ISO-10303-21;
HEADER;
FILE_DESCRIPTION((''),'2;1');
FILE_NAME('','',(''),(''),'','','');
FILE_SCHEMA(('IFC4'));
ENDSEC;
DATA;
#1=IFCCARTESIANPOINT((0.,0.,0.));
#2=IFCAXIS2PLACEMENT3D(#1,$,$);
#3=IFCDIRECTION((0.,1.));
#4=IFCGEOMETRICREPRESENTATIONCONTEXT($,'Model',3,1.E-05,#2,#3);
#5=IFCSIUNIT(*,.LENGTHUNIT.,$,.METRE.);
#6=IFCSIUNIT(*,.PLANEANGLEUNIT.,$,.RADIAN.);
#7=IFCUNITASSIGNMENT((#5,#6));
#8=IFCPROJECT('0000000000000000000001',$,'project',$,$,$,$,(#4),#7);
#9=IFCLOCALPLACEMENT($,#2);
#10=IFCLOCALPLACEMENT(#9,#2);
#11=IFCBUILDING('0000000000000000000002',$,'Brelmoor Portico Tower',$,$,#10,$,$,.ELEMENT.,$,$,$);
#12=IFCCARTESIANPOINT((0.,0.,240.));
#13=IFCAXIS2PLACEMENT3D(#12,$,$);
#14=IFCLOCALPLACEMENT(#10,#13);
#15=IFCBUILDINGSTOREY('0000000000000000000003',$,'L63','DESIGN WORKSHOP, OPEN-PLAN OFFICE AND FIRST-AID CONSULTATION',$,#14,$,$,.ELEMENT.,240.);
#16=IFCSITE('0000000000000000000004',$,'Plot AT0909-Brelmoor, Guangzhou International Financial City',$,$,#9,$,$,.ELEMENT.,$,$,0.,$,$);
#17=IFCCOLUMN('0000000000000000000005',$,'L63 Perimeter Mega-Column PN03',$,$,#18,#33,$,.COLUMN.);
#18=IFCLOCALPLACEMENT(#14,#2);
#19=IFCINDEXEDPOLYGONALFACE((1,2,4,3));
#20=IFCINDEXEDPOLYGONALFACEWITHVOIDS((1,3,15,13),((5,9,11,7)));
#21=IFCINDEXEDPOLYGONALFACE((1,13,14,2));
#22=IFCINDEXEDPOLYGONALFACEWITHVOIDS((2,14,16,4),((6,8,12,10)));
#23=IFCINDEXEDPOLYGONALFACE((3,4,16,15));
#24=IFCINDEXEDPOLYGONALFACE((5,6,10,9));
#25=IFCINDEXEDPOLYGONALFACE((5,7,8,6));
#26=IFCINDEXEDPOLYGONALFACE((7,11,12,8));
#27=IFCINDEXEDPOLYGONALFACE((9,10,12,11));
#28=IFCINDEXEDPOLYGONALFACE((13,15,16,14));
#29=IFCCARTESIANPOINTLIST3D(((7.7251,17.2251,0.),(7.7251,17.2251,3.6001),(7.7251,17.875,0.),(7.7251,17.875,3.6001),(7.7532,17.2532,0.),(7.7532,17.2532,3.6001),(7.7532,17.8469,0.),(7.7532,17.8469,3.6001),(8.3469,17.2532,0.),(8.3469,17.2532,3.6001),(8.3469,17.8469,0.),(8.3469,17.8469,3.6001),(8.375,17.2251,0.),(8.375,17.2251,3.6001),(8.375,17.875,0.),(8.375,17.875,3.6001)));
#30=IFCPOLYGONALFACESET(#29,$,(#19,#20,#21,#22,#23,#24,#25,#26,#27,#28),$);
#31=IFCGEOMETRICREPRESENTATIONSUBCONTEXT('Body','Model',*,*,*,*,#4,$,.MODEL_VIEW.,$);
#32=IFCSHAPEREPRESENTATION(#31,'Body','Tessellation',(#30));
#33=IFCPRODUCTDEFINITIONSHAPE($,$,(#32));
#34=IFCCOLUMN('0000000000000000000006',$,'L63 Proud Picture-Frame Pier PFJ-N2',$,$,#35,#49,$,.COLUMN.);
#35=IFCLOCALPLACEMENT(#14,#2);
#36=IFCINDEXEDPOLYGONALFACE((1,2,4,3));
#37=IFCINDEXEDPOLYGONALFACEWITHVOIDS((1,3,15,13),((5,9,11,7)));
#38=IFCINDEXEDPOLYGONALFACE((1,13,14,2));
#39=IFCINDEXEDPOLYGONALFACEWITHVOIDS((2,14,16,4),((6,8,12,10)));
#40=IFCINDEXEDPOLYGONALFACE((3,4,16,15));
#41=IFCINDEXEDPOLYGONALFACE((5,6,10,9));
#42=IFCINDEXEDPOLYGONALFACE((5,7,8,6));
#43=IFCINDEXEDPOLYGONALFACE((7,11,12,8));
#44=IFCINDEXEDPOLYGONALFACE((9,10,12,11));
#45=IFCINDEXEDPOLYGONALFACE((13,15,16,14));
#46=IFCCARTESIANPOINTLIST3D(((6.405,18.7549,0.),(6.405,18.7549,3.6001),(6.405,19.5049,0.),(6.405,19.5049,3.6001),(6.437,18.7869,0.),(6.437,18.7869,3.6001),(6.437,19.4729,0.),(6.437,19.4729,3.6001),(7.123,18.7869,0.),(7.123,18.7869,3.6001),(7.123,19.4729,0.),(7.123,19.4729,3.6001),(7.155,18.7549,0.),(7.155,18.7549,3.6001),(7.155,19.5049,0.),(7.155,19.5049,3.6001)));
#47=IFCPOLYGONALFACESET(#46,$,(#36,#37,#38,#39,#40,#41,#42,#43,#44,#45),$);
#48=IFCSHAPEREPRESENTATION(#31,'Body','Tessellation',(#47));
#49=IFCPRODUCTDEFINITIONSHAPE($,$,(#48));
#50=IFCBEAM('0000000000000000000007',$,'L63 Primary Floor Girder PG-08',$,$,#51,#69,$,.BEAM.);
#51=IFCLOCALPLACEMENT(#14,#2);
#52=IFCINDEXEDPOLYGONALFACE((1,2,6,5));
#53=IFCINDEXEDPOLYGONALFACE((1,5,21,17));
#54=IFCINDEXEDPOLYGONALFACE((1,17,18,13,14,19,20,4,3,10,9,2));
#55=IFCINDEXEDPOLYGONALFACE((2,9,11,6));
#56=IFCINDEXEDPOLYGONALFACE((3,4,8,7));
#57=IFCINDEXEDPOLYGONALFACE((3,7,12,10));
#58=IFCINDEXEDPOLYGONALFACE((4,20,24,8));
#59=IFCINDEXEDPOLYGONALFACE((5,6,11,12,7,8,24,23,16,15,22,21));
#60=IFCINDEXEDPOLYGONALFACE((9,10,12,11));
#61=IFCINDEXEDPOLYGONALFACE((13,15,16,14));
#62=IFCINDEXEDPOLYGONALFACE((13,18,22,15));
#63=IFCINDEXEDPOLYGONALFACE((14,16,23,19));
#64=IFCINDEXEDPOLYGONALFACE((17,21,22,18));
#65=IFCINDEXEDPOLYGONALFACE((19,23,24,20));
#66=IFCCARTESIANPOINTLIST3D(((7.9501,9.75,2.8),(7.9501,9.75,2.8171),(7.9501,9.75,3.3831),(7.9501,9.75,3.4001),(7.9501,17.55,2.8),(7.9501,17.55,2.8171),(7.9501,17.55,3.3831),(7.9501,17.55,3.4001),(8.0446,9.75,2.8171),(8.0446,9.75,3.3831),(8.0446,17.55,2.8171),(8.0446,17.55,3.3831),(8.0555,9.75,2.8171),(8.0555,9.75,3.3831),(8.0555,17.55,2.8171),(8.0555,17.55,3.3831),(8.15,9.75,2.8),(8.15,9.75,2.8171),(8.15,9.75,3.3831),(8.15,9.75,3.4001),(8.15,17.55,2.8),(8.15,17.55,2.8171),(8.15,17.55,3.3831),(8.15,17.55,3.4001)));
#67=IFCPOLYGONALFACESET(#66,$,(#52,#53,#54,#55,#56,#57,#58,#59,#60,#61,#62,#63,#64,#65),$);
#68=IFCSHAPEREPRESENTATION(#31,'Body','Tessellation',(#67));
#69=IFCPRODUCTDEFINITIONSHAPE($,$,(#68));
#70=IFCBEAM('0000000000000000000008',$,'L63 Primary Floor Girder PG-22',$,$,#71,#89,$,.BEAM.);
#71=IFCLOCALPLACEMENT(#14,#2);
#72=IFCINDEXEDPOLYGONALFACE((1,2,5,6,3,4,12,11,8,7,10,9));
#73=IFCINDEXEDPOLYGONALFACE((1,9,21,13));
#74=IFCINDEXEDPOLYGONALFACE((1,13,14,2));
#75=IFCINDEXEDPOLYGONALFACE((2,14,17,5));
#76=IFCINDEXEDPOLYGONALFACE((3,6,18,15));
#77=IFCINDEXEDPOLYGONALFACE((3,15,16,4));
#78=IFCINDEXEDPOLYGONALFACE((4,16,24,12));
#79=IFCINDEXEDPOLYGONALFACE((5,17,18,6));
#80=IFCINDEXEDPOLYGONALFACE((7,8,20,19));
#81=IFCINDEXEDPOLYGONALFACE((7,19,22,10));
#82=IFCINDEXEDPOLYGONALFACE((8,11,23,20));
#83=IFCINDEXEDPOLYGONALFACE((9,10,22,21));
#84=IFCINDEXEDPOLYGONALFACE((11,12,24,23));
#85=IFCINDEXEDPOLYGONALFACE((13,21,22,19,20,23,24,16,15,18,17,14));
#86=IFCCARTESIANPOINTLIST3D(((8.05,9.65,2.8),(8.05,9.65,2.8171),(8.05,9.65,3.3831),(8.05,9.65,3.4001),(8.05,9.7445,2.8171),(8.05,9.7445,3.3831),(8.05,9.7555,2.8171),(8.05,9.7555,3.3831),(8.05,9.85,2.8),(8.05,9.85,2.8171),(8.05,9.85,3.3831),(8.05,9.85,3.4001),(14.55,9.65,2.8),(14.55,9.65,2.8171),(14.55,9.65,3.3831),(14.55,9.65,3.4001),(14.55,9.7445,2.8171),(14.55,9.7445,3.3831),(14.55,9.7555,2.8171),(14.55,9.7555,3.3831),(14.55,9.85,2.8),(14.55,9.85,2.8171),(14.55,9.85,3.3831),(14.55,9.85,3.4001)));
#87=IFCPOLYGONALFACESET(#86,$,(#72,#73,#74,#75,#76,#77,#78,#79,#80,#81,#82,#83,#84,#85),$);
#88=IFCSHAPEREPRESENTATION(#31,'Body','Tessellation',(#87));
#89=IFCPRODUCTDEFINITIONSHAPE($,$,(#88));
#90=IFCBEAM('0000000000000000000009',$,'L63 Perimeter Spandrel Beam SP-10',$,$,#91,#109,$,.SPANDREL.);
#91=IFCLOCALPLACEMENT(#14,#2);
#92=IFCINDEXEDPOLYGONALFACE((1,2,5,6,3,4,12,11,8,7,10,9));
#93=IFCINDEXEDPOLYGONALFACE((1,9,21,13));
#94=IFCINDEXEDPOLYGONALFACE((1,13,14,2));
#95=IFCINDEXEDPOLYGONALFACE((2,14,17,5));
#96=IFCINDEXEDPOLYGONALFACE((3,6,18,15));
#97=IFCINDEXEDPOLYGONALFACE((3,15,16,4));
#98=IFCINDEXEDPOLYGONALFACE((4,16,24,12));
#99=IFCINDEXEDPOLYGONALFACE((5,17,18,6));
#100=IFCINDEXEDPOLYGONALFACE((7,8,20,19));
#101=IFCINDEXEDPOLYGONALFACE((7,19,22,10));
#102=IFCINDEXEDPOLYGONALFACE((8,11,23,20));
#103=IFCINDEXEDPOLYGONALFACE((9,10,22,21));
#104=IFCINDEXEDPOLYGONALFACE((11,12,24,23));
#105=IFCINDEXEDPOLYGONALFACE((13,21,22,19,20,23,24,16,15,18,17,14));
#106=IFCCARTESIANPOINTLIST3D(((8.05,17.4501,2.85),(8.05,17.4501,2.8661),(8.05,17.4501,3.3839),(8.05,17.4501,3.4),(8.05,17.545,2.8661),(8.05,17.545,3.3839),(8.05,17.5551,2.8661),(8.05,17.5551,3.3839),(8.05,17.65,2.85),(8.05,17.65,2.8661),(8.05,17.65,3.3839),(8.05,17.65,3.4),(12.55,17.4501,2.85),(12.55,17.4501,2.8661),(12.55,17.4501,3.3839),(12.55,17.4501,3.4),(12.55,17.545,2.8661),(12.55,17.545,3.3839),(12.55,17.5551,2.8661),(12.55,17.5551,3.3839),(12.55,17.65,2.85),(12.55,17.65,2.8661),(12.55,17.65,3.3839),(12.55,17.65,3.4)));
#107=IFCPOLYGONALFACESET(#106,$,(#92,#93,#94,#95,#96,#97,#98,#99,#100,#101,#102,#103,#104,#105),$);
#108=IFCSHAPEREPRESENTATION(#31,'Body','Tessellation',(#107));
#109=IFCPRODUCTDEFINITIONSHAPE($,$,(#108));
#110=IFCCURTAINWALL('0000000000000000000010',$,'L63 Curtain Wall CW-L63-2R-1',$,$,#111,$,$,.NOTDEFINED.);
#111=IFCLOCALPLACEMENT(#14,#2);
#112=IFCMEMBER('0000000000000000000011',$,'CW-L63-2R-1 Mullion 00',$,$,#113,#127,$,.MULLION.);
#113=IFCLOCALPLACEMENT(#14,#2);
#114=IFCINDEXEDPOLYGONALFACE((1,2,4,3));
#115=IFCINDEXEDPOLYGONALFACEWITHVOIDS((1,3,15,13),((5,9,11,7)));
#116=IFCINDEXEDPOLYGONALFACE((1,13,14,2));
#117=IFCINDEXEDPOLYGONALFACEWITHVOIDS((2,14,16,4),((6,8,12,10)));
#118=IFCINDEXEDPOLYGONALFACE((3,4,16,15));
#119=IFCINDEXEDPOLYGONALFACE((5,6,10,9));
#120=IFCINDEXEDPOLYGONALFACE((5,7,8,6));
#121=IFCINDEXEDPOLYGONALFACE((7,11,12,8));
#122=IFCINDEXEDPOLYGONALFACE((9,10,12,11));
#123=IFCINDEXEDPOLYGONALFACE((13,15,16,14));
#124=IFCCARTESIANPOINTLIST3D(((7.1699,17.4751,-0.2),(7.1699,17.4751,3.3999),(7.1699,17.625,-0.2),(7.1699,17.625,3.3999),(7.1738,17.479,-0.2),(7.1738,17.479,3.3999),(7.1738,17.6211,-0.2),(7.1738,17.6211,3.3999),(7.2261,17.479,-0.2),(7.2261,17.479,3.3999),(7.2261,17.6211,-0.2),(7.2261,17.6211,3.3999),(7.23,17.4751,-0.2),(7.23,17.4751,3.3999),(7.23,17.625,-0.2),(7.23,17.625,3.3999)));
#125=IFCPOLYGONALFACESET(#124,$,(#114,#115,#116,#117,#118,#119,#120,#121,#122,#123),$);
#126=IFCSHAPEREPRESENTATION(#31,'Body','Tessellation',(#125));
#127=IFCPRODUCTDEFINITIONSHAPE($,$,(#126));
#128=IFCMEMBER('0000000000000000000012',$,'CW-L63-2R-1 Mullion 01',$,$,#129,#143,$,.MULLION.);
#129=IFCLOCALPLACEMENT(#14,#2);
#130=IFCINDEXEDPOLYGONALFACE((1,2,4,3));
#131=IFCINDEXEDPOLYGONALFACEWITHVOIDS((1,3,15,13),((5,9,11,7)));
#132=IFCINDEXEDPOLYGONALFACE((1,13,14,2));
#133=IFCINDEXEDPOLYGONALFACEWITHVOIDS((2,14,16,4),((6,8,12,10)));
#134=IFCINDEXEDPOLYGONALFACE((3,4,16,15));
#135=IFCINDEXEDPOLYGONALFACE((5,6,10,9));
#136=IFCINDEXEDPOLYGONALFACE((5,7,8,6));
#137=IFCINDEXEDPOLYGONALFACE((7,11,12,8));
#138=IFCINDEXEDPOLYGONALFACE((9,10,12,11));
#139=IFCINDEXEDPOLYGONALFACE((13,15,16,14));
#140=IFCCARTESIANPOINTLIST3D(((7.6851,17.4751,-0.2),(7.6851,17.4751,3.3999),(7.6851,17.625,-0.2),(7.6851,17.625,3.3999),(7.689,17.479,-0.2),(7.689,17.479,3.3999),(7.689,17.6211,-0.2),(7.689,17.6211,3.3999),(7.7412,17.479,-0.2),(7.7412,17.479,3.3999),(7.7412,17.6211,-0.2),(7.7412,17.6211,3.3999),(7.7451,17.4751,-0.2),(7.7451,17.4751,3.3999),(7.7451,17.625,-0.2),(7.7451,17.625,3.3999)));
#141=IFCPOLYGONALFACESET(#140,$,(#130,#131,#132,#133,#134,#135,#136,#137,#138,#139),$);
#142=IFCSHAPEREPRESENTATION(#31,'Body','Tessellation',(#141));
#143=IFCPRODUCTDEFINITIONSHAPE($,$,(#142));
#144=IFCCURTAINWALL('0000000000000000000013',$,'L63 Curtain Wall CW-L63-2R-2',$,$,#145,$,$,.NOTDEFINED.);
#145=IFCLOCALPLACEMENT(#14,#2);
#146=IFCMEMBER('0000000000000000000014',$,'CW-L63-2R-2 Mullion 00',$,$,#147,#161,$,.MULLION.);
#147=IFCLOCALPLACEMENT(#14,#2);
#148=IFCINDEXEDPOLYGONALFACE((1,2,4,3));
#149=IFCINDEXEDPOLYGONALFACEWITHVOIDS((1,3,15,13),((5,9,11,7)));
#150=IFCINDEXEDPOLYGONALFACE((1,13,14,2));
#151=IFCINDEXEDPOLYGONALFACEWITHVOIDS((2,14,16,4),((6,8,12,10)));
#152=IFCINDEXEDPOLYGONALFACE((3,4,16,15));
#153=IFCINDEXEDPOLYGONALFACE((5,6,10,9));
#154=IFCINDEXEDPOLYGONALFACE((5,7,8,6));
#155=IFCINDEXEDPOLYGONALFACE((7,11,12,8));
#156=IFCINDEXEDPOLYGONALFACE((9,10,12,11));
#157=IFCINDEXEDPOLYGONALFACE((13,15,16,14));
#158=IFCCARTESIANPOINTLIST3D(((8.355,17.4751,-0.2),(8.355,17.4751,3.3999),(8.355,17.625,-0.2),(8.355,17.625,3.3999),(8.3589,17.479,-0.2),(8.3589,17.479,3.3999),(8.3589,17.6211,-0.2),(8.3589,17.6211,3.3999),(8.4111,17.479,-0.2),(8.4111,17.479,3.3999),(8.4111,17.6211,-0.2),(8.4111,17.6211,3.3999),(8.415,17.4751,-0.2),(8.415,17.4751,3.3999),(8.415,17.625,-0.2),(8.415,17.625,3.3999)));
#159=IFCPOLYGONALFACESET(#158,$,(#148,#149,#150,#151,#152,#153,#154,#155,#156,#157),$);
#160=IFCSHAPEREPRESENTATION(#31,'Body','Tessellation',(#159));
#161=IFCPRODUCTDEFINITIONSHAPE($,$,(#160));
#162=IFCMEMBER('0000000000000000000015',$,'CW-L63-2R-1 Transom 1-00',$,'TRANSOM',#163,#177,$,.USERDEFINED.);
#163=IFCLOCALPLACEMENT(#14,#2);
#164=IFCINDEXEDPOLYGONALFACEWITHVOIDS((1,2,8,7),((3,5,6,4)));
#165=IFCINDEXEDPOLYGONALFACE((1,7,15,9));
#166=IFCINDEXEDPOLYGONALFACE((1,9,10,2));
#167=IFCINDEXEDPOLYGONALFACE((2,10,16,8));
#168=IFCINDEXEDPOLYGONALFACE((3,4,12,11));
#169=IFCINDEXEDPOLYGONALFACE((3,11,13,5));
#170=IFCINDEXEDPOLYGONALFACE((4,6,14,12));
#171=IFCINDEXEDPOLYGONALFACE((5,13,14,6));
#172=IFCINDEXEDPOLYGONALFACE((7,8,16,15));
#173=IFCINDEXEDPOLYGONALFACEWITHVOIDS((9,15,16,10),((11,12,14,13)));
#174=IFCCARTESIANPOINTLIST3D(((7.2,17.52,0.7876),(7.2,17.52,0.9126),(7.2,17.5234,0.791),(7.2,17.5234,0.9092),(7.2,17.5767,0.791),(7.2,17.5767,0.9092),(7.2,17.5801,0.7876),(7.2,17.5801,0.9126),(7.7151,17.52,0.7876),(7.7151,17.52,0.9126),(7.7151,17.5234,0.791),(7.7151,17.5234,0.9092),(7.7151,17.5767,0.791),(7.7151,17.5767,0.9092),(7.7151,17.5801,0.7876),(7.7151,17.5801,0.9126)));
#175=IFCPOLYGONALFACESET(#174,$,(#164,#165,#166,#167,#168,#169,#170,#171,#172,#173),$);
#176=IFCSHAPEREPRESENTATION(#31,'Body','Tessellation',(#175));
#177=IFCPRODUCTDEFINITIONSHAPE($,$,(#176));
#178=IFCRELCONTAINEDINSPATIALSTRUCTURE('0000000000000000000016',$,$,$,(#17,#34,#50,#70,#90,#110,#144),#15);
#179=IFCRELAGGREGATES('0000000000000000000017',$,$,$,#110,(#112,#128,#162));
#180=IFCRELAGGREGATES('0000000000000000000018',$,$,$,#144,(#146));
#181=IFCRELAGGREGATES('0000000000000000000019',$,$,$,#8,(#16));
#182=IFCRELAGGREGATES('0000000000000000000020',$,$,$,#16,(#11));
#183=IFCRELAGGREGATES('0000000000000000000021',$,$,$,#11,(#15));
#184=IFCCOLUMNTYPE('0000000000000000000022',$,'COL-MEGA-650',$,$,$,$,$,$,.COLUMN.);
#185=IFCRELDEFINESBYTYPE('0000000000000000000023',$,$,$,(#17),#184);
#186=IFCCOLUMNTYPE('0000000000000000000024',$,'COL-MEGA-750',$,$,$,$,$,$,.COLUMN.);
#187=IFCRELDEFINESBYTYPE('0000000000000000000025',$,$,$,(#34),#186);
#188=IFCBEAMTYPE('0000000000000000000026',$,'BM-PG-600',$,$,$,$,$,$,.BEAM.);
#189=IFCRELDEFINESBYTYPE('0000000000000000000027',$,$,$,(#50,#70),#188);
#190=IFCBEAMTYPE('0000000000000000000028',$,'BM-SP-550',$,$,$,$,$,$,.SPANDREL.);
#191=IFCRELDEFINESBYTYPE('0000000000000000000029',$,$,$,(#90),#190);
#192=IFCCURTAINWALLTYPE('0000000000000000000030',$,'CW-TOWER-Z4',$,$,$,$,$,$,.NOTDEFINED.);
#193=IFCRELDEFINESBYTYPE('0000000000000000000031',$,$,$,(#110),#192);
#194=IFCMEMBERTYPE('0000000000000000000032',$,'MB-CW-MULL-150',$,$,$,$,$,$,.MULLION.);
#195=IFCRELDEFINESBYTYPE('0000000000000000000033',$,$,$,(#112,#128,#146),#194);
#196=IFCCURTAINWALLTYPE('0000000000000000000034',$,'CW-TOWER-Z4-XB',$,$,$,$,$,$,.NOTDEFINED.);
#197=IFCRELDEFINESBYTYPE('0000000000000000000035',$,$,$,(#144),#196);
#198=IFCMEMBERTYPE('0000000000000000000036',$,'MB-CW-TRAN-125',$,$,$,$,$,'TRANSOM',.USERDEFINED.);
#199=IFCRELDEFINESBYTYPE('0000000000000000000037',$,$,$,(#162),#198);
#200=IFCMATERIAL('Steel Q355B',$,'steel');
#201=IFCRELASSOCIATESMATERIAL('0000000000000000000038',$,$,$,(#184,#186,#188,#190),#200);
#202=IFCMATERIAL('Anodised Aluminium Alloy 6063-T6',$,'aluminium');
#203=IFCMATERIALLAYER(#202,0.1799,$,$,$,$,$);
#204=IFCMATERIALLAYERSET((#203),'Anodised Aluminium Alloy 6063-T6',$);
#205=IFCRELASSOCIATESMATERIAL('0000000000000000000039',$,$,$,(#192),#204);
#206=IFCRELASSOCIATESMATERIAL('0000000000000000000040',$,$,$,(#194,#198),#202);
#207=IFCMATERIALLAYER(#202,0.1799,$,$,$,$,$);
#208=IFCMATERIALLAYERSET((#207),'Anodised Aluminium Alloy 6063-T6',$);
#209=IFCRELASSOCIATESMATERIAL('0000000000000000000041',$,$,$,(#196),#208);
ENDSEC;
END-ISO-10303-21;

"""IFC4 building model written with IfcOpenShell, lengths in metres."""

from ifc_helpers import new_model, si_unit, direction, frame, origin, origin_2d, place, context, subcontext, project, spatial, hollow_rectangle, i_section, extrude, material, layer, layer_set, material_profile, profile_set, type_object, element, aggregate, save


model = new_model("IFC4")

# Units and contexts
model_context = context("Model", 3, precision=1e-05, world=origin(), true_north=direction((0.0, 1.0)))
body_context = subcontext(model_context, "Body", "Model", "MODEL_VIEW")
ifc_project = project(units=[si_unit("LENGTHUNIT", "METRE"), si_unit("PLANEANGLEUNIT", "RADIAN")], contexts=[model_context])

# Site, building, storey
site_placement = place(None, origin())
site = spatial("IfcSite", under=ifc_project, at=site_placement, Name="Plot AT0909-Brelmoor, Guangzhou International Financial City", CompositionType="ELEMENT", RefElevation=0.0)
building_placement = place(site_placement, origin())
building = spatial("IfcBuilding", under=site, at=building_placement, Name="Brelmoor Portico Tower", CompositionType="ELEMENT")
storey_placement = place(building_placement, frame((0.0, 0.0, 240.0)))
storey = spatial("IfcBuildingStorey", under=building, at=storey_placement, Name="L63", Description="DESIGN WORKSHOP, OPEN-PLAN OFFICE AND FIRST-AID CONSULTATION", CompositionType="ELEMENT", Elevation=240.0)

# Columns
ifc_material_1 = material(Name="Steel Q355B", Category="steel")
ifc_material_profile_1 = material_profile(ifc_material_1, hollow_rectangle(XDim=0.6499, YDim=0.6499, WallThickness=0.0281, at=origin_2d()), Name="BOX 650x650x28")
ifc_profile_set_1 = profile_set([ifc_material_profile_1], Name="Steel Q355B")
column_type_1 = type_object("IfcColumnType", Name="COL-MEGA-650", PredefinedType="COLUMN", material=ifc_profile_set_1)
column_1_placement = place(storey_placement, frame((8.05, 17.55, 0.0), z_axis=(0.0, 0.0, 1.0), x_axis=(1.0, 0.0, 0.0)))
element("IfcColumn", 1, at=column_1_placement, inside=storey, type_object=column_type_1, Name="L63 Perimeter Mega-Column PN03", PredefinedType="COLUMN", context=body_context, shape_type="SweptSolid", body=[
    extrude(hollow_rectangle(XDim=0.6499, YDim=0.6499, WallThickness=0.0281, at=origin_2d()), origin(), (0.0, 0.0, 1.0), 3.6001),
])
ifc_material_profile_2 = material_profile(ifc_material_1, hollow_rectangle(XDim=0.75, YDim=0.75, WallThickness=0.032, at=origin_2d()), Name="BOX 750x750x32")
ifc_profile_set_2 = profile_set([ifc_material_profile_2], Name="Steel Q355B")
column_type_2 = type_object("IfcColumnType", Name="COL-MEGA-750", PredefinedType="COLUMN", material=ifc_profile_set_2)
column_2_placement = place(storey_placement, frame((6.78, 19.1299, 0.0), z_axis=(0.0, 0.0, 1.0), x_axis=(1.0, 0.0, 0.0)))
element("IfcColumn", 2, at=column_2_placement, inside=storey, type_object=column_type_2, Name="L63 Proud Picture-Frame Pier PFJ-N2", PredefinedType="COLUMN", context=body_context, shape_type="SweptSolid", body=[
    extrude(hollow_rectangle(XDim=0.75, YDim=0.75, WallThickness=0.032, at=origin_2d()), origin(), (0.0, 0.0, 1.0), 3.6001),
])

# Beams
ifc_material_profile_3 = material_profile(ifc_material_1, i_section(OverallWidth=0.2, OverallDepth=0.6001, WebThickness=0.011, FlangeThickness=0.0171, at=origin_2d()), Name="HN 600x200x11x17")
ifc_profile_set_3 = profile_set([ifc_material_profile_3], Name="Steel Q355B")
beam_type_1 = type_object("IfcBeamType", Name="BM-PG-600", PredefinedType="BEAM", material=ifc_profile_set_3)
beam_1_placement = place(storey_placement, frame((8.05, 9.75, 3.1001), z_axis=(0.0, 1.0, 0.0), x_axis=(-1.0, 0.0, 0.0)))
element("IfcBeam", 3, at=beam_1_placement, inside=storey, type_object=beam_type_1, Name="L63 Primary Floor Girder PG-08", PredefinedType="BEAM", context=body_context, shape_type="SweptSolid", body=[
    extrude(i_section(OverallWidth=0.2, OverallDepth=0.6001, WebThickness=0.011, FlangeThickness=0.0171, at=origin_2d()), origin(), (0.0, 0.0, 1.0), 7.8),
])
beam_2_placement = place(storey_placement, frame((8.05, 9.75, 3.1001), z_axis=(1.0, 0.0, 0.0), x_axis=(0.0, 1.0, 0.0)))
element("IfcBeam", 4, at=beam_2_placement, inside=storey, type_object=beam_type_1, Name="L63 Primary Floor Girder PG-22", PredefinedType="BEAM", context=body_context, shape_type="SweptSolid", body=[
    extrude(i_section(OverallWidth=0.2, OverallDepth=0.6001, WebThickness=0.011, FlangeThickness=0.0171, at=origin_2d()), origin(), (0.0, 0.0, 1.0), 6.5),
])
ifc_material_profile_4 = material_profile(ifc_material_1, i_section(OverallWidth=0.2, OverallDepth=0.55, WebThickness=0.01, FlangeThickness=0.0161, at=origin_2d()), Name="HN 550x200x10x16")
ifc_profile_set_4 = profile_set([ifc_material_profile_4], Name="Steel Q355B")
beam_type_2 = type_object("IfcBeamType", Name="BM-SP-550", PredefinedType="SPANDREL", material=ifc_profile_set_4)
beam_3_placement = place(storey_placement, frame((8.05, 17.55, 3.125), z_axis=(1.0, 0.0, 0.0), x_axis=(0.0, 1.0, 0.0)))
element("IfcBeam", 5, at=beam_3_placement, inside=storey, type_object=beam_type_2, Name="L63 Perimeter Spandrel Beam SP-10", PredefinedType="SPANDREL", context=body_context, shape_type="SweptSolid", body=[
    extrude(i_section(OverallWidth=0.2, OverallDepth=0.55, WebThickness=0.01, FlangeThickness=0.0161, at=origin_2d()), origin(), (0.0, 0.0, 1.0), 4.5),
])

# Curtain wall, members
ifc_material_2 = material(Name="Anodised Aluminium Alloy 6063-T6", Category="aluminium")
ifc_layer_1 = layer(ifc_material_2, 0.1799)
ifc_layer_set_1 = layer_set([ifc_layer_1], Name="Anodised Aluminium Alloy 6063-T6")
curtain_wall_type_1 = type_object("IfcCurtainWallType", Name="CW-TOWER-Z4", PredefinedType="NOTDEFINED", material=ifc_layer_set_1)
curtain_wall_1_placement = place(storey_placement, origin())
curtain_wall_1 = element("IfcCurtainWall", 6, at=curtain_wall_1_placement, inside=storey, type_object=curtain_wall_type_1, Name="L63 Curtain Wall CW-L63-2R-1", PredefinedType="NOTDEFINED")
ifc_material_profile_5 = material_profile(ifc_material_2, hollow_rectangle(XDim=0.0601, YDim=0.1499, WallThickness=0.0039, at=origin_2d()), Name="ALU MULLION 60x150")
ifc_profile_set_5 = profile_set([ifc_material_profile_5], Name="Anodised Aluminium Alloy 6063-T6")
member_type_1 = type_object("IfcMemberType", Name="MB-CW-MULL-150", PredefinedType="MULLION", material=ifc_profile_set_5)
member_1_placement = place(storey_placement, frame((7.2, 17.55, -0.2), z_axis=(0.0, 0.0, 1.0), x_axis=(1.0, 0.0, 0.0)))
member_1 = element("IfcMember", 7, at=member_1_placement, type_object=member_type_1, Name="CW-L63-2R-1 Mullion 00", PredefinedType="MULLION", context=body_context, shape_type="SweptSolid", body=[
    extrude(hollow_rectangle(XDim=0.0601, YDim=0.1499, WallThickness=0.0039, at=origin_2d()), origin(), (0.0, 0.0, 1.0), 3.5999),
])
member_2_placement = place(storey_placement, frame((7.7151, 17.55, -0.2), z_axis=(0.0, 0.0, 1.0), x_axis=(1.0, 0.0, 0.0)))
member_2 = element("IfcMember", 8, at=member_2_placement, type_object=member_type_1, Name="CW-L63-2R-1 Mullion 01", PredefinedType="MULLION", context=body_context, shape_type="SweptSolid", body=[
    extrude(hollow_rectangle(XDim=0.0601, YDim=0.1499, WallThickness=0.0039, at=origin_2d()), origin(), (0.0, 0.0, 1.0), 3.5999),
])

# Curtain wall, member
ifc_layer_2 = layer(ifc_material_2, 0.1799)
ifc_layer_set_2 = layer_set([ifc_layer_2], Name="Anodised Aluminium Alloy 6063-T6")
curtain_wall_type_2 = type_object("IfcCurtainWallType", Name="CW-TOWER-Z4-XB", PredefinedType="NOTDEFINED", material=ifc_layer_set_2)
curtain_wall_2_placement = place(storey_placement, origin())
curtain_wall_2 = element("IfcCurtainWall", 9, at=curtain_wall_2_placement, inside=storey, type_object=curtain_wall_type_2, Name="L63 Curtain Wall CW-L63-2R-2", PredefinedType="NOTDEFINED")
member_3_placement = place(storey_placement, frame((8.385, 17.55, -0.2), z_axis=(0.0, 0.0, 1.0), x_axis=(1.0, 0.0, 0.0)))
member_3 = element("IfcMember", 10, at=member_3_placement, type_object=member_type_1, Name="CW-L63-2R-2 Mullion 00", PredefinedType="MULLION", context=body_context, shape_type="SweptSolid", body=[
    extrude(hollow_rectangle(XDim=0.0601, YDim=0.1499, WallThickness=0.0039, at=origin_2d()), origin(), (0.0, 0.0, 1.0), 3.5999),
])

# Member
ifc_material_profile_6 = material_profile(ifc_material_2, hollow_rectangle(XDim=0.0601, YDim=0.125, WallThickness=0.0034, at=origin_2d()), Name="ALU TRANSOM 60x125")
ifc_profile_set_6 = profile_set([ifc_material_profile_6], Name="Anodised Aluminium Alloy 6063-T6")
member_type_2 = type_object("IfcMemberType", Name="MB-CW-TRAN-125", ElementType="TRANSOM", PredefinedType="USERDEFINED", material=ifc_profile_set_6)
member_4_placement = place(storey_placement, frame((7.2, 17.55, 0.8501), z_axis=(1.0, 0.0, 0.0), x_axis=(0.0, 1.0, 0.0)))
member_4 = element("IfcMember", 11, at=member_4_placement, type_object=member_type_2, Name="CW-L63-2R-1 Transom 1-00", ObjectType="TRANSOM", PredefinedType="USERDEFINED", context=body_context, shape_type="SweptSolid", body=[
    extrude(hollow_rectangle(XDim=0.0601, YDim=0.125, WallThickness=0.0034, at=origin_2d()), origin(), (0.0, 0.0, 1.0), 0.5151),
])

aggregate(curtain_wall_1, [member_1, member_2, member_4])
aggregate(curtain_wall_2, [member_3])

save(model, "model.ifc")
